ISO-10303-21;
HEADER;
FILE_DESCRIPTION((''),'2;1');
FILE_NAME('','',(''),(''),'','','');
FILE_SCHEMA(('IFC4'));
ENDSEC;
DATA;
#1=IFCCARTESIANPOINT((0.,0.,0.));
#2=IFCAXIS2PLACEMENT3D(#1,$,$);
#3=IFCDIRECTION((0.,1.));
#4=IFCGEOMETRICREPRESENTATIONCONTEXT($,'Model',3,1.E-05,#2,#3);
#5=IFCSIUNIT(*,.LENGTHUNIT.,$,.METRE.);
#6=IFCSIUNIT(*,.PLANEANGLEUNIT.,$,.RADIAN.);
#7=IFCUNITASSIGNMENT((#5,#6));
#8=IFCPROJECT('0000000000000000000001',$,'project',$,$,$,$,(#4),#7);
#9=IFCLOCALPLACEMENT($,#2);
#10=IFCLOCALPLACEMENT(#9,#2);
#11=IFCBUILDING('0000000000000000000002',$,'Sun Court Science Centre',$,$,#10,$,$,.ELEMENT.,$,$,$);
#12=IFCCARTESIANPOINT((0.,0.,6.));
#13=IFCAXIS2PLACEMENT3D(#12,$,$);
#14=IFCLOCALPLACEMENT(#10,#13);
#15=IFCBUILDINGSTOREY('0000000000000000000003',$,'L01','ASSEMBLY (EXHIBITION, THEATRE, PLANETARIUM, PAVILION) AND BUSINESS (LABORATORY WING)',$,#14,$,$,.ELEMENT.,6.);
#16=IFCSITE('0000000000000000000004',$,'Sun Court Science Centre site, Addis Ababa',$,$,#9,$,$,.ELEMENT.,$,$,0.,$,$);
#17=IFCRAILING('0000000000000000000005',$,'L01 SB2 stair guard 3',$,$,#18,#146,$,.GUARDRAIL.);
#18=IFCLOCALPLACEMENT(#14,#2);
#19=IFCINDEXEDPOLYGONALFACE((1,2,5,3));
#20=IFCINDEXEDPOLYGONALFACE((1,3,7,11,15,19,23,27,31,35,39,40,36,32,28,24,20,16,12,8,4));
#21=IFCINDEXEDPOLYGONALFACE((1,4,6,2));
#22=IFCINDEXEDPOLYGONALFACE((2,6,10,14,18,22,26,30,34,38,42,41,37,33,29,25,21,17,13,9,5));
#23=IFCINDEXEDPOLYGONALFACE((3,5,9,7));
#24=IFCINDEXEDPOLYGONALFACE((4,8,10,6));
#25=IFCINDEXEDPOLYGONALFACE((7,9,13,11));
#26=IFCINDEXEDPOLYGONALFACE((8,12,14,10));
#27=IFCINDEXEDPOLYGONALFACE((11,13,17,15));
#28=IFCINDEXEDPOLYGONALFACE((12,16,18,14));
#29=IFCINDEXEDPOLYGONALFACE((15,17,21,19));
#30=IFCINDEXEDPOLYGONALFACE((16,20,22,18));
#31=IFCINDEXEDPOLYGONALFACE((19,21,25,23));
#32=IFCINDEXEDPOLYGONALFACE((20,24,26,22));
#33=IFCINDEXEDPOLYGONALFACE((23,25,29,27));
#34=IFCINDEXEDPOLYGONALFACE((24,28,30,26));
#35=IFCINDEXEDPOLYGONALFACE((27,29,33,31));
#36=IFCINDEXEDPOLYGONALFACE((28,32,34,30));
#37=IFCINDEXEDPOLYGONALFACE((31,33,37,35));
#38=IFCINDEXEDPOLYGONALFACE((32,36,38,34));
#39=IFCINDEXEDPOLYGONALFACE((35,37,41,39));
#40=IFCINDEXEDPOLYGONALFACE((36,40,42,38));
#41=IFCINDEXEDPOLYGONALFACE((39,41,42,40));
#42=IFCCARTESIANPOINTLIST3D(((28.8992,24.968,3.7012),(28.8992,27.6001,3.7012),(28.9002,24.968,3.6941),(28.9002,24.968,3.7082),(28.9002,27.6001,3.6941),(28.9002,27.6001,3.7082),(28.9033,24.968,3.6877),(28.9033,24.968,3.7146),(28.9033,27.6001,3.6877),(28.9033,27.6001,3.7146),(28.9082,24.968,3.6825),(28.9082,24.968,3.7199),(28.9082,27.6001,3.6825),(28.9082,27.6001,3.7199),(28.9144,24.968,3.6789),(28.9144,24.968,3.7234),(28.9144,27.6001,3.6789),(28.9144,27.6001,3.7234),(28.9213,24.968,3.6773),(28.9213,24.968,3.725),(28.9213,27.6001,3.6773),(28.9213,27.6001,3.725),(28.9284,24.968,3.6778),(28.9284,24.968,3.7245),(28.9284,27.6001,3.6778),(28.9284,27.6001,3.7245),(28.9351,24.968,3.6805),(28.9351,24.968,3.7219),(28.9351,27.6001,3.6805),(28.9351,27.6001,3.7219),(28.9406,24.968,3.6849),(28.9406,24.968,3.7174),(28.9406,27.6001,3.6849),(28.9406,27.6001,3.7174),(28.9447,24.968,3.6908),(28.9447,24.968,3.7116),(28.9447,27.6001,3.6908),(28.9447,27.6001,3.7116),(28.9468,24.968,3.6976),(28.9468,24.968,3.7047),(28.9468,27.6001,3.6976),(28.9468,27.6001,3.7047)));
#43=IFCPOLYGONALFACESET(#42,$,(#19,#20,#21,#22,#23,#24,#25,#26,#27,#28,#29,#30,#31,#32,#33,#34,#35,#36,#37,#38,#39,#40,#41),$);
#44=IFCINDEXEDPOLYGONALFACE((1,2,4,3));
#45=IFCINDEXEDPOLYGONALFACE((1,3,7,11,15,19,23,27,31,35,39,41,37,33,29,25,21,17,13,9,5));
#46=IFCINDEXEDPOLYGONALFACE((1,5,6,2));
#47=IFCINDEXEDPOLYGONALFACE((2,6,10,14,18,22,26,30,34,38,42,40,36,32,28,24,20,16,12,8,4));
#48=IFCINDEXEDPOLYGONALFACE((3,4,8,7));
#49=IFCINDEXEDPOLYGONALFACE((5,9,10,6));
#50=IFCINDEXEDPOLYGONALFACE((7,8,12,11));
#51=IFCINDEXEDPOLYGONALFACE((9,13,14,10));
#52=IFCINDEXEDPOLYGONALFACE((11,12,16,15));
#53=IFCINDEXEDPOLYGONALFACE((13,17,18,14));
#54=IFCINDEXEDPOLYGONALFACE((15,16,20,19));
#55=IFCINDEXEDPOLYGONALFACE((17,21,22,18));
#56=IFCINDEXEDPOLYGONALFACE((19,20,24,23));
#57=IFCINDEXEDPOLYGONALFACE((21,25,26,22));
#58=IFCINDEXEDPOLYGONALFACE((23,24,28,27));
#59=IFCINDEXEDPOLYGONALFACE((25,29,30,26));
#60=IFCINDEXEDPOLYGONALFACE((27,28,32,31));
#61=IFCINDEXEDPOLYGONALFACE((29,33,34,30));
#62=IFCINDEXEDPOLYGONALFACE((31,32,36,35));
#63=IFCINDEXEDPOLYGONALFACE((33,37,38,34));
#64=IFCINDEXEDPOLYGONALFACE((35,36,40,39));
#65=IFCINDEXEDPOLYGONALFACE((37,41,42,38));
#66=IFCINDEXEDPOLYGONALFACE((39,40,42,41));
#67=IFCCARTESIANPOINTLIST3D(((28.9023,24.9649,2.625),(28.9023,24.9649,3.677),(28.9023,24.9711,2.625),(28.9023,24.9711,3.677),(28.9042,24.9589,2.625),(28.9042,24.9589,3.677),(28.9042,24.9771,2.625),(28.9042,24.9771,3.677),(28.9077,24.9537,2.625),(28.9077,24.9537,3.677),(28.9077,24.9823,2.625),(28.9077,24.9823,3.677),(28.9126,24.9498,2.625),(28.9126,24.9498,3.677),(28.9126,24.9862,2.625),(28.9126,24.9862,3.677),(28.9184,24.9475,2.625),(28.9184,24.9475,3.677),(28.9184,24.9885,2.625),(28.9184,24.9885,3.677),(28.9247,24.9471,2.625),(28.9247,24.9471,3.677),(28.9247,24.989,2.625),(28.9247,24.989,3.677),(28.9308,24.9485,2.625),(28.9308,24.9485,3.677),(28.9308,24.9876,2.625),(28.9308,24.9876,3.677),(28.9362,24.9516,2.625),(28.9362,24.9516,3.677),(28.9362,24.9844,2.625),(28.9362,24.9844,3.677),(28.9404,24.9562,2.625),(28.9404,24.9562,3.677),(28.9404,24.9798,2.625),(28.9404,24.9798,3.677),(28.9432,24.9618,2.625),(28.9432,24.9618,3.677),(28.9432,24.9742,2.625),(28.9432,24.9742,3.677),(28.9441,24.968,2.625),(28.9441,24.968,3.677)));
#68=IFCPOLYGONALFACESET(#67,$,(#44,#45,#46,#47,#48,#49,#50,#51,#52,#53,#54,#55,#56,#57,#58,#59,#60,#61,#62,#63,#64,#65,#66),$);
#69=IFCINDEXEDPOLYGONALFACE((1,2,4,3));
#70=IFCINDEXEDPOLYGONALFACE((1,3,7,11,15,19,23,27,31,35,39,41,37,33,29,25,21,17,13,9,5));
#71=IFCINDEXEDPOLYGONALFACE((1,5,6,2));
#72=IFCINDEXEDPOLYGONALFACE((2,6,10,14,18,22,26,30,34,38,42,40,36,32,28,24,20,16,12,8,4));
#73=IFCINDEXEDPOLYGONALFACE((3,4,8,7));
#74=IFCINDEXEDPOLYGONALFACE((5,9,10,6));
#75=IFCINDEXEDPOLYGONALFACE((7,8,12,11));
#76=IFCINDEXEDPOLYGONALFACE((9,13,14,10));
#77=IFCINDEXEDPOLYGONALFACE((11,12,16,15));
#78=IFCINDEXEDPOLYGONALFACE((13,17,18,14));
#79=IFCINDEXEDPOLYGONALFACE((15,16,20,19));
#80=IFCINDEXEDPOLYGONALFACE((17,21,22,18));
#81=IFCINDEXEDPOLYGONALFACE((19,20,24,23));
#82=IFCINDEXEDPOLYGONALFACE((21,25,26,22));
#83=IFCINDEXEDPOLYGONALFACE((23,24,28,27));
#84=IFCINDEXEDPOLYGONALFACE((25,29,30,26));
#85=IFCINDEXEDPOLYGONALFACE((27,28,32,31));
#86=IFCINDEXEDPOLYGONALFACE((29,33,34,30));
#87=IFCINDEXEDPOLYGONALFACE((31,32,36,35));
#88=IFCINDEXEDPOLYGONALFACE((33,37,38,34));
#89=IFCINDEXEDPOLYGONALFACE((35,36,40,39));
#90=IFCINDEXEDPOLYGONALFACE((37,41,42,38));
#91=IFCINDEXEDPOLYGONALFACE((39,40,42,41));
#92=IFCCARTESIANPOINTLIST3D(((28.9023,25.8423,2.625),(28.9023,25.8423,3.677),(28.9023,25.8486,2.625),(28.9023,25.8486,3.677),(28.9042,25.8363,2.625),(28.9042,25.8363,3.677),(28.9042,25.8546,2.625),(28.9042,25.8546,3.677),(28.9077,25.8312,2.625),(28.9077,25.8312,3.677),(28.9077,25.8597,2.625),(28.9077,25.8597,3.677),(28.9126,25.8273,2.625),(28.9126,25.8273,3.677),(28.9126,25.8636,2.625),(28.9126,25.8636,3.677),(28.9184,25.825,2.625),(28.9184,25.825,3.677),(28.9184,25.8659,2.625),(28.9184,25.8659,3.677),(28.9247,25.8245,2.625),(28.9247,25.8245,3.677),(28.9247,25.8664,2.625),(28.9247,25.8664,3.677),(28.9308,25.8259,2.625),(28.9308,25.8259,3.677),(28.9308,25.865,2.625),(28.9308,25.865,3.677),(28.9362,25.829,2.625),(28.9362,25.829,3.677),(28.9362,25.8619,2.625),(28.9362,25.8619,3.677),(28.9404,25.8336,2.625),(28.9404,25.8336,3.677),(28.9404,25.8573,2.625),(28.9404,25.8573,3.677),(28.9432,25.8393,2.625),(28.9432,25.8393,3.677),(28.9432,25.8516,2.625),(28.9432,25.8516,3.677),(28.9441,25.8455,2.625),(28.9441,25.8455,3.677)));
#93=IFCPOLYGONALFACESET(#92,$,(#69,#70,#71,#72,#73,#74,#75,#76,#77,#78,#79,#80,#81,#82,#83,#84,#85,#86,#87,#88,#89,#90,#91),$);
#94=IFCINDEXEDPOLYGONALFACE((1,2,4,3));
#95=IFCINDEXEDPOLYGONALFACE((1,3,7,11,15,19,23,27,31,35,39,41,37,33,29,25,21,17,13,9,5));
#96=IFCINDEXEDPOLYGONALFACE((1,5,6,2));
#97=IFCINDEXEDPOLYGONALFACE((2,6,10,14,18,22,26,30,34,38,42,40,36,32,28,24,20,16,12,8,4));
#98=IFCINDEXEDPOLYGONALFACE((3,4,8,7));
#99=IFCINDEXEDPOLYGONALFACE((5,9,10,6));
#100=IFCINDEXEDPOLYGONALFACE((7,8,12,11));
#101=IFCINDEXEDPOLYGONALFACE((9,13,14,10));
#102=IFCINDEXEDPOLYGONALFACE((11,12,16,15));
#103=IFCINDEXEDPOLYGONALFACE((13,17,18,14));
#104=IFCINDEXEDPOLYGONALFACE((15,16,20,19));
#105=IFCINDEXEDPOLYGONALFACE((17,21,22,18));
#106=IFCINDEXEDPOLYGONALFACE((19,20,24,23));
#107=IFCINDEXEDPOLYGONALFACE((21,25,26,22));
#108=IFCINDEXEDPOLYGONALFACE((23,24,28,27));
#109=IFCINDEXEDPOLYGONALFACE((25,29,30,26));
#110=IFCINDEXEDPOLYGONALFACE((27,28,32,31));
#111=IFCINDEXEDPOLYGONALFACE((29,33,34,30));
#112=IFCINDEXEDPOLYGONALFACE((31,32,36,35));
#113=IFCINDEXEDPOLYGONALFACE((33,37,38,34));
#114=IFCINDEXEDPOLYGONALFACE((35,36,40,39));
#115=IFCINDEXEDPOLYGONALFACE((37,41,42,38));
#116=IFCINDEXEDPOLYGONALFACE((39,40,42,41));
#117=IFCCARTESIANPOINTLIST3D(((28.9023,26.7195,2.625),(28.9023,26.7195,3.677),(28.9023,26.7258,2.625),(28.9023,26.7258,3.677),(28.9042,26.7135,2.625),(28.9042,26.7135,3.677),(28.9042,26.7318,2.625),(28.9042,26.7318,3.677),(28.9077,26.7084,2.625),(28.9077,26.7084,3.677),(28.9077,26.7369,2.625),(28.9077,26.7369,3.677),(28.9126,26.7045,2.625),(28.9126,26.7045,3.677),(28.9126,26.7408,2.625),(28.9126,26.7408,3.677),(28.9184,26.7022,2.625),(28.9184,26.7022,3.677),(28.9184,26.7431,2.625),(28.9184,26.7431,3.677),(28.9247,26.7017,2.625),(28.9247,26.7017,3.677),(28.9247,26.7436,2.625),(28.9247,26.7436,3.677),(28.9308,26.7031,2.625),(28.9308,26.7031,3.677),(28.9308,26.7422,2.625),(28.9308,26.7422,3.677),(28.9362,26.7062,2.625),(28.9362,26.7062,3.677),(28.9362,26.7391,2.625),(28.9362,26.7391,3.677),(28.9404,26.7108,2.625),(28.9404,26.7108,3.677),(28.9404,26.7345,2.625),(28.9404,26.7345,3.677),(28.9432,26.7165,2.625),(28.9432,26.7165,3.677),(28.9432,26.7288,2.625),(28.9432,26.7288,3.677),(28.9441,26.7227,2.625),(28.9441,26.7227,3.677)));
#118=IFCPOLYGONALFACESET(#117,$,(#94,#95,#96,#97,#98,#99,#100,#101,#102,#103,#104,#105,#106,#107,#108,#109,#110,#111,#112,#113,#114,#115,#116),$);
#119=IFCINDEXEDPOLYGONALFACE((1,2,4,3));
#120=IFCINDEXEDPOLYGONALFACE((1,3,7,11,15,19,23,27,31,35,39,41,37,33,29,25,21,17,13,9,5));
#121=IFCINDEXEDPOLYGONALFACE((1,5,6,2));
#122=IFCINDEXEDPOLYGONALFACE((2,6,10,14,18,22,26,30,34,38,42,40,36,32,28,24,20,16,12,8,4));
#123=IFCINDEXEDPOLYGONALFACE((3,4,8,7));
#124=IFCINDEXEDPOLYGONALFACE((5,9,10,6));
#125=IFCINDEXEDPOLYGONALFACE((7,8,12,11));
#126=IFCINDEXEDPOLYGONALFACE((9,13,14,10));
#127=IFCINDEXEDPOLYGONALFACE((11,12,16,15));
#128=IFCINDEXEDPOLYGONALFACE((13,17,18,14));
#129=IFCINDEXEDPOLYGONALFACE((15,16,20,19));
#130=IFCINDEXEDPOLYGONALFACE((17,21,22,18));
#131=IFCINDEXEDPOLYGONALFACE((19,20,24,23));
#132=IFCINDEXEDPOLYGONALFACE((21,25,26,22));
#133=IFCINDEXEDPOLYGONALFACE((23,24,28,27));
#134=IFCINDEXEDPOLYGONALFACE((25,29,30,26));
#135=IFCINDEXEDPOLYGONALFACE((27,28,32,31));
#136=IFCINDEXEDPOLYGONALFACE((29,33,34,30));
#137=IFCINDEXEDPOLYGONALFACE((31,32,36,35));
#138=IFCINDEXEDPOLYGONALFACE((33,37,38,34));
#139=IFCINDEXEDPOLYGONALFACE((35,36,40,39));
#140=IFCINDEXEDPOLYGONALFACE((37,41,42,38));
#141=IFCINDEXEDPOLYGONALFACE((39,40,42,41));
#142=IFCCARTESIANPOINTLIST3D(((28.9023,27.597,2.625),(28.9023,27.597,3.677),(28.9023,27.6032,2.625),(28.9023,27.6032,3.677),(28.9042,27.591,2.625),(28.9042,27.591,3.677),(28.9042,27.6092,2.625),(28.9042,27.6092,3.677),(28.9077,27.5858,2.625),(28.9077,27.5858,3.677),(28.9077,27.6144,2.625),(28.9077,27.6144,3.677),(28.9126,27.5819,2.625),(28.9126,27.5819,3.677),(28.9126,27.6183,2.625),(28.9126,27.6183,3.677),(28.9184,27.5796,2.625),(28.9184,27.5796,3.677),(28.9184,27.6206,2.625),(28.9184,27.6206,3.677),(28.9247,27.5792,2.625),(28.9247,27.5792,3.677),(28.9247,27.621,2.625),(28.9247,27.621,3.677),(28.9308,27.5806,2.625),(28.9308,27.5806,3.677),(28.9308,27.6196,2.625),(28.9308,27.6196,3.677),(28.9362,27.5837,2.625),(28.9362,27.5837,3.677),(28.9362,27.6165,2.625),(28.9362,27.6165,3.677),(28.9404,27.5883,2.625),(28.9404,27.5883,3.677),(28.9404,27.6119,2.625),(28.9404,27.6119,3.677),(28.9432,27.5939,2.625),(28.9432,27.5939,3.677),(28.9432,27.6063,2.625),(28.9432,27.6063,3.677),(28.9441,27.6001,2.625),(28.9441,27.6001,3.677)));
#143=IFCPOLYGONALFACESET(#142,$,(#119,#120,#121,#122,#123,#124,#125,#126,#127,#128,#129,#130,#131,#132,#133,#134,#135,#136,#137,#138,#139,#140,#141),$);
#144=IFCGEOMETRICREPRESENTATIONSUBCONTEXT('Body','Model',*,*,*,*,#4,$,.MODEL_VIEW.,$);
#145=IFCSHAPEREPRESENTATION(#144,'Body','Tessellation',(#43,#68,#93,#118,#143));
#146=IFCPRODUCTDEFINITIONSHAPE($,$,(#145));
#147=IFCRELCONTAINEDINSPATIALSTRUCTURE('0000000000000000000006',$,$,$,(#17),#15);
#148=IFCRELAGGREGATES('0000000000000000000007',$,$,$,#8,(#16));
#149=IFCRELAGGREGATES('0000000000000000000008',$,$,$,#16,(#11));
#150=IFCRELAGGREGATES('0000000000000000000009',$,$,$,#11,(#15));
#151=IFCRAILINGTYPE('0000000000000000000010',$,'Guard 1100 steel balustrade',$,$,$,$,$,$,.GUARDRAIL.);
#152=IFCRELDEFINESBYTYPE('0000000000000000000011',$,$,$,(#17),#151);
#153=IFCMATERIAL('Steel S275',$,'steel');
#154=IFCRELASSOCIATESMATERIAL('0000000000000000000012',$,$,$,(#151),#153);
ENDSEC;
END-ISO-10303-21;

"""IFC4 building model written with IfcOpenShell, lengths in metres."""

from ifc_helpers import new_model, si_unit, direction, frame, origin, origin_2d, place, context, subcontext, project, spatial, circle, extrude, material, type_object, element, save


model = new_model("IFC4")

# Units and contexts
model_context = context("Model", 3, precision=1e-05, world=origin(), true_north=direction((0.0, 1.0)))
body_context = subcontext(model_context, "Body", "Model", "MODEL_VIEW")
ifc_project = project(units=[si_unit("LENGTHUNIT", "METRE"), si_unit("PLANEANGLEUNIT", "RADIAN")], contexts=[model_context])

# Site, building, storey
site_placement = place(None, origin())
site = spatial("IfcSite", under=ifc_project, at=site_placement, Name="Sun Court Science Centre site, Addis Ababa", CompositionType="ELEMENT", RefElevation=0.0)
building_placement = place(site_placement, origin())
building = spatial("IfcBuilding", under=site, at=building_placement, Name="Sun Court Science Centre", CompositionType="ELEMENT")
storey_placement = place(building_placement, frame((0.0, 0.0, 6.0)))
storey = spatial("IfcBuildingStorey", under=building, at=storey_placement, Name="L01", Description="ASSEMBLY (EXHIBITION, THEATRE, PLANETARIUM, PAVILION) AND BUSINESS (LABORATORY WING)", CompositionType="ELEMENT", Elevation=6.0)

# Railing
ifc_material_1 = material(Name="Steel S275", Category="steel")
railing_type_1 = type_object("IfcRailingType", Name="Guard 1100 steel balustrade", PredefinedType="GUARDRAIL", material=ifc_material_1)
for number, where, name in (
    (1, (28.9231, 24.968, 2.625), "L01 SB2 stair guard 3"),
):
    element("IfcRailing", number, at=place(storey_placement, frame(where)), inside=storey, type_object=railing_type_1, Name=name, PredefinedType="GUARDRAIL", context=body_context, shape_type="SweptSolid", body=[
        extrude(circle(Radius=0.0239, at=origin_2d()), frame((0.0, 0.0, 1.0762), z_axis=(0.0, 1.0, 0.0), x_axis=(-1.0, 0.0, 0.0)), (0.0, 0.0, 1.0), 2.6321),
        extrude(circle(Radius=0.021, at=origin_2d()), origin(), (0.0, 0.0, 1.0), 1.052),
        extrude(circle(Radius=0.021, at=origin_2d()), frame((0.0, 0.8774, 0.0)), (0.0, 0.0, 1.0), 1.052),
        extrude(circle(Radius=0.021, at=origin_2d()), frame((0.0, 1.7546, 0.0)), (0.0, 0.0, 1.0), 1.052),
        extrude(circle(Radius=0.021, at=origin_2d()), frame((0.0, 2.6321, 0.0)), (0.0, 0.0, 1.0), 1.052),
    ])

save(model, "model.ifc")
